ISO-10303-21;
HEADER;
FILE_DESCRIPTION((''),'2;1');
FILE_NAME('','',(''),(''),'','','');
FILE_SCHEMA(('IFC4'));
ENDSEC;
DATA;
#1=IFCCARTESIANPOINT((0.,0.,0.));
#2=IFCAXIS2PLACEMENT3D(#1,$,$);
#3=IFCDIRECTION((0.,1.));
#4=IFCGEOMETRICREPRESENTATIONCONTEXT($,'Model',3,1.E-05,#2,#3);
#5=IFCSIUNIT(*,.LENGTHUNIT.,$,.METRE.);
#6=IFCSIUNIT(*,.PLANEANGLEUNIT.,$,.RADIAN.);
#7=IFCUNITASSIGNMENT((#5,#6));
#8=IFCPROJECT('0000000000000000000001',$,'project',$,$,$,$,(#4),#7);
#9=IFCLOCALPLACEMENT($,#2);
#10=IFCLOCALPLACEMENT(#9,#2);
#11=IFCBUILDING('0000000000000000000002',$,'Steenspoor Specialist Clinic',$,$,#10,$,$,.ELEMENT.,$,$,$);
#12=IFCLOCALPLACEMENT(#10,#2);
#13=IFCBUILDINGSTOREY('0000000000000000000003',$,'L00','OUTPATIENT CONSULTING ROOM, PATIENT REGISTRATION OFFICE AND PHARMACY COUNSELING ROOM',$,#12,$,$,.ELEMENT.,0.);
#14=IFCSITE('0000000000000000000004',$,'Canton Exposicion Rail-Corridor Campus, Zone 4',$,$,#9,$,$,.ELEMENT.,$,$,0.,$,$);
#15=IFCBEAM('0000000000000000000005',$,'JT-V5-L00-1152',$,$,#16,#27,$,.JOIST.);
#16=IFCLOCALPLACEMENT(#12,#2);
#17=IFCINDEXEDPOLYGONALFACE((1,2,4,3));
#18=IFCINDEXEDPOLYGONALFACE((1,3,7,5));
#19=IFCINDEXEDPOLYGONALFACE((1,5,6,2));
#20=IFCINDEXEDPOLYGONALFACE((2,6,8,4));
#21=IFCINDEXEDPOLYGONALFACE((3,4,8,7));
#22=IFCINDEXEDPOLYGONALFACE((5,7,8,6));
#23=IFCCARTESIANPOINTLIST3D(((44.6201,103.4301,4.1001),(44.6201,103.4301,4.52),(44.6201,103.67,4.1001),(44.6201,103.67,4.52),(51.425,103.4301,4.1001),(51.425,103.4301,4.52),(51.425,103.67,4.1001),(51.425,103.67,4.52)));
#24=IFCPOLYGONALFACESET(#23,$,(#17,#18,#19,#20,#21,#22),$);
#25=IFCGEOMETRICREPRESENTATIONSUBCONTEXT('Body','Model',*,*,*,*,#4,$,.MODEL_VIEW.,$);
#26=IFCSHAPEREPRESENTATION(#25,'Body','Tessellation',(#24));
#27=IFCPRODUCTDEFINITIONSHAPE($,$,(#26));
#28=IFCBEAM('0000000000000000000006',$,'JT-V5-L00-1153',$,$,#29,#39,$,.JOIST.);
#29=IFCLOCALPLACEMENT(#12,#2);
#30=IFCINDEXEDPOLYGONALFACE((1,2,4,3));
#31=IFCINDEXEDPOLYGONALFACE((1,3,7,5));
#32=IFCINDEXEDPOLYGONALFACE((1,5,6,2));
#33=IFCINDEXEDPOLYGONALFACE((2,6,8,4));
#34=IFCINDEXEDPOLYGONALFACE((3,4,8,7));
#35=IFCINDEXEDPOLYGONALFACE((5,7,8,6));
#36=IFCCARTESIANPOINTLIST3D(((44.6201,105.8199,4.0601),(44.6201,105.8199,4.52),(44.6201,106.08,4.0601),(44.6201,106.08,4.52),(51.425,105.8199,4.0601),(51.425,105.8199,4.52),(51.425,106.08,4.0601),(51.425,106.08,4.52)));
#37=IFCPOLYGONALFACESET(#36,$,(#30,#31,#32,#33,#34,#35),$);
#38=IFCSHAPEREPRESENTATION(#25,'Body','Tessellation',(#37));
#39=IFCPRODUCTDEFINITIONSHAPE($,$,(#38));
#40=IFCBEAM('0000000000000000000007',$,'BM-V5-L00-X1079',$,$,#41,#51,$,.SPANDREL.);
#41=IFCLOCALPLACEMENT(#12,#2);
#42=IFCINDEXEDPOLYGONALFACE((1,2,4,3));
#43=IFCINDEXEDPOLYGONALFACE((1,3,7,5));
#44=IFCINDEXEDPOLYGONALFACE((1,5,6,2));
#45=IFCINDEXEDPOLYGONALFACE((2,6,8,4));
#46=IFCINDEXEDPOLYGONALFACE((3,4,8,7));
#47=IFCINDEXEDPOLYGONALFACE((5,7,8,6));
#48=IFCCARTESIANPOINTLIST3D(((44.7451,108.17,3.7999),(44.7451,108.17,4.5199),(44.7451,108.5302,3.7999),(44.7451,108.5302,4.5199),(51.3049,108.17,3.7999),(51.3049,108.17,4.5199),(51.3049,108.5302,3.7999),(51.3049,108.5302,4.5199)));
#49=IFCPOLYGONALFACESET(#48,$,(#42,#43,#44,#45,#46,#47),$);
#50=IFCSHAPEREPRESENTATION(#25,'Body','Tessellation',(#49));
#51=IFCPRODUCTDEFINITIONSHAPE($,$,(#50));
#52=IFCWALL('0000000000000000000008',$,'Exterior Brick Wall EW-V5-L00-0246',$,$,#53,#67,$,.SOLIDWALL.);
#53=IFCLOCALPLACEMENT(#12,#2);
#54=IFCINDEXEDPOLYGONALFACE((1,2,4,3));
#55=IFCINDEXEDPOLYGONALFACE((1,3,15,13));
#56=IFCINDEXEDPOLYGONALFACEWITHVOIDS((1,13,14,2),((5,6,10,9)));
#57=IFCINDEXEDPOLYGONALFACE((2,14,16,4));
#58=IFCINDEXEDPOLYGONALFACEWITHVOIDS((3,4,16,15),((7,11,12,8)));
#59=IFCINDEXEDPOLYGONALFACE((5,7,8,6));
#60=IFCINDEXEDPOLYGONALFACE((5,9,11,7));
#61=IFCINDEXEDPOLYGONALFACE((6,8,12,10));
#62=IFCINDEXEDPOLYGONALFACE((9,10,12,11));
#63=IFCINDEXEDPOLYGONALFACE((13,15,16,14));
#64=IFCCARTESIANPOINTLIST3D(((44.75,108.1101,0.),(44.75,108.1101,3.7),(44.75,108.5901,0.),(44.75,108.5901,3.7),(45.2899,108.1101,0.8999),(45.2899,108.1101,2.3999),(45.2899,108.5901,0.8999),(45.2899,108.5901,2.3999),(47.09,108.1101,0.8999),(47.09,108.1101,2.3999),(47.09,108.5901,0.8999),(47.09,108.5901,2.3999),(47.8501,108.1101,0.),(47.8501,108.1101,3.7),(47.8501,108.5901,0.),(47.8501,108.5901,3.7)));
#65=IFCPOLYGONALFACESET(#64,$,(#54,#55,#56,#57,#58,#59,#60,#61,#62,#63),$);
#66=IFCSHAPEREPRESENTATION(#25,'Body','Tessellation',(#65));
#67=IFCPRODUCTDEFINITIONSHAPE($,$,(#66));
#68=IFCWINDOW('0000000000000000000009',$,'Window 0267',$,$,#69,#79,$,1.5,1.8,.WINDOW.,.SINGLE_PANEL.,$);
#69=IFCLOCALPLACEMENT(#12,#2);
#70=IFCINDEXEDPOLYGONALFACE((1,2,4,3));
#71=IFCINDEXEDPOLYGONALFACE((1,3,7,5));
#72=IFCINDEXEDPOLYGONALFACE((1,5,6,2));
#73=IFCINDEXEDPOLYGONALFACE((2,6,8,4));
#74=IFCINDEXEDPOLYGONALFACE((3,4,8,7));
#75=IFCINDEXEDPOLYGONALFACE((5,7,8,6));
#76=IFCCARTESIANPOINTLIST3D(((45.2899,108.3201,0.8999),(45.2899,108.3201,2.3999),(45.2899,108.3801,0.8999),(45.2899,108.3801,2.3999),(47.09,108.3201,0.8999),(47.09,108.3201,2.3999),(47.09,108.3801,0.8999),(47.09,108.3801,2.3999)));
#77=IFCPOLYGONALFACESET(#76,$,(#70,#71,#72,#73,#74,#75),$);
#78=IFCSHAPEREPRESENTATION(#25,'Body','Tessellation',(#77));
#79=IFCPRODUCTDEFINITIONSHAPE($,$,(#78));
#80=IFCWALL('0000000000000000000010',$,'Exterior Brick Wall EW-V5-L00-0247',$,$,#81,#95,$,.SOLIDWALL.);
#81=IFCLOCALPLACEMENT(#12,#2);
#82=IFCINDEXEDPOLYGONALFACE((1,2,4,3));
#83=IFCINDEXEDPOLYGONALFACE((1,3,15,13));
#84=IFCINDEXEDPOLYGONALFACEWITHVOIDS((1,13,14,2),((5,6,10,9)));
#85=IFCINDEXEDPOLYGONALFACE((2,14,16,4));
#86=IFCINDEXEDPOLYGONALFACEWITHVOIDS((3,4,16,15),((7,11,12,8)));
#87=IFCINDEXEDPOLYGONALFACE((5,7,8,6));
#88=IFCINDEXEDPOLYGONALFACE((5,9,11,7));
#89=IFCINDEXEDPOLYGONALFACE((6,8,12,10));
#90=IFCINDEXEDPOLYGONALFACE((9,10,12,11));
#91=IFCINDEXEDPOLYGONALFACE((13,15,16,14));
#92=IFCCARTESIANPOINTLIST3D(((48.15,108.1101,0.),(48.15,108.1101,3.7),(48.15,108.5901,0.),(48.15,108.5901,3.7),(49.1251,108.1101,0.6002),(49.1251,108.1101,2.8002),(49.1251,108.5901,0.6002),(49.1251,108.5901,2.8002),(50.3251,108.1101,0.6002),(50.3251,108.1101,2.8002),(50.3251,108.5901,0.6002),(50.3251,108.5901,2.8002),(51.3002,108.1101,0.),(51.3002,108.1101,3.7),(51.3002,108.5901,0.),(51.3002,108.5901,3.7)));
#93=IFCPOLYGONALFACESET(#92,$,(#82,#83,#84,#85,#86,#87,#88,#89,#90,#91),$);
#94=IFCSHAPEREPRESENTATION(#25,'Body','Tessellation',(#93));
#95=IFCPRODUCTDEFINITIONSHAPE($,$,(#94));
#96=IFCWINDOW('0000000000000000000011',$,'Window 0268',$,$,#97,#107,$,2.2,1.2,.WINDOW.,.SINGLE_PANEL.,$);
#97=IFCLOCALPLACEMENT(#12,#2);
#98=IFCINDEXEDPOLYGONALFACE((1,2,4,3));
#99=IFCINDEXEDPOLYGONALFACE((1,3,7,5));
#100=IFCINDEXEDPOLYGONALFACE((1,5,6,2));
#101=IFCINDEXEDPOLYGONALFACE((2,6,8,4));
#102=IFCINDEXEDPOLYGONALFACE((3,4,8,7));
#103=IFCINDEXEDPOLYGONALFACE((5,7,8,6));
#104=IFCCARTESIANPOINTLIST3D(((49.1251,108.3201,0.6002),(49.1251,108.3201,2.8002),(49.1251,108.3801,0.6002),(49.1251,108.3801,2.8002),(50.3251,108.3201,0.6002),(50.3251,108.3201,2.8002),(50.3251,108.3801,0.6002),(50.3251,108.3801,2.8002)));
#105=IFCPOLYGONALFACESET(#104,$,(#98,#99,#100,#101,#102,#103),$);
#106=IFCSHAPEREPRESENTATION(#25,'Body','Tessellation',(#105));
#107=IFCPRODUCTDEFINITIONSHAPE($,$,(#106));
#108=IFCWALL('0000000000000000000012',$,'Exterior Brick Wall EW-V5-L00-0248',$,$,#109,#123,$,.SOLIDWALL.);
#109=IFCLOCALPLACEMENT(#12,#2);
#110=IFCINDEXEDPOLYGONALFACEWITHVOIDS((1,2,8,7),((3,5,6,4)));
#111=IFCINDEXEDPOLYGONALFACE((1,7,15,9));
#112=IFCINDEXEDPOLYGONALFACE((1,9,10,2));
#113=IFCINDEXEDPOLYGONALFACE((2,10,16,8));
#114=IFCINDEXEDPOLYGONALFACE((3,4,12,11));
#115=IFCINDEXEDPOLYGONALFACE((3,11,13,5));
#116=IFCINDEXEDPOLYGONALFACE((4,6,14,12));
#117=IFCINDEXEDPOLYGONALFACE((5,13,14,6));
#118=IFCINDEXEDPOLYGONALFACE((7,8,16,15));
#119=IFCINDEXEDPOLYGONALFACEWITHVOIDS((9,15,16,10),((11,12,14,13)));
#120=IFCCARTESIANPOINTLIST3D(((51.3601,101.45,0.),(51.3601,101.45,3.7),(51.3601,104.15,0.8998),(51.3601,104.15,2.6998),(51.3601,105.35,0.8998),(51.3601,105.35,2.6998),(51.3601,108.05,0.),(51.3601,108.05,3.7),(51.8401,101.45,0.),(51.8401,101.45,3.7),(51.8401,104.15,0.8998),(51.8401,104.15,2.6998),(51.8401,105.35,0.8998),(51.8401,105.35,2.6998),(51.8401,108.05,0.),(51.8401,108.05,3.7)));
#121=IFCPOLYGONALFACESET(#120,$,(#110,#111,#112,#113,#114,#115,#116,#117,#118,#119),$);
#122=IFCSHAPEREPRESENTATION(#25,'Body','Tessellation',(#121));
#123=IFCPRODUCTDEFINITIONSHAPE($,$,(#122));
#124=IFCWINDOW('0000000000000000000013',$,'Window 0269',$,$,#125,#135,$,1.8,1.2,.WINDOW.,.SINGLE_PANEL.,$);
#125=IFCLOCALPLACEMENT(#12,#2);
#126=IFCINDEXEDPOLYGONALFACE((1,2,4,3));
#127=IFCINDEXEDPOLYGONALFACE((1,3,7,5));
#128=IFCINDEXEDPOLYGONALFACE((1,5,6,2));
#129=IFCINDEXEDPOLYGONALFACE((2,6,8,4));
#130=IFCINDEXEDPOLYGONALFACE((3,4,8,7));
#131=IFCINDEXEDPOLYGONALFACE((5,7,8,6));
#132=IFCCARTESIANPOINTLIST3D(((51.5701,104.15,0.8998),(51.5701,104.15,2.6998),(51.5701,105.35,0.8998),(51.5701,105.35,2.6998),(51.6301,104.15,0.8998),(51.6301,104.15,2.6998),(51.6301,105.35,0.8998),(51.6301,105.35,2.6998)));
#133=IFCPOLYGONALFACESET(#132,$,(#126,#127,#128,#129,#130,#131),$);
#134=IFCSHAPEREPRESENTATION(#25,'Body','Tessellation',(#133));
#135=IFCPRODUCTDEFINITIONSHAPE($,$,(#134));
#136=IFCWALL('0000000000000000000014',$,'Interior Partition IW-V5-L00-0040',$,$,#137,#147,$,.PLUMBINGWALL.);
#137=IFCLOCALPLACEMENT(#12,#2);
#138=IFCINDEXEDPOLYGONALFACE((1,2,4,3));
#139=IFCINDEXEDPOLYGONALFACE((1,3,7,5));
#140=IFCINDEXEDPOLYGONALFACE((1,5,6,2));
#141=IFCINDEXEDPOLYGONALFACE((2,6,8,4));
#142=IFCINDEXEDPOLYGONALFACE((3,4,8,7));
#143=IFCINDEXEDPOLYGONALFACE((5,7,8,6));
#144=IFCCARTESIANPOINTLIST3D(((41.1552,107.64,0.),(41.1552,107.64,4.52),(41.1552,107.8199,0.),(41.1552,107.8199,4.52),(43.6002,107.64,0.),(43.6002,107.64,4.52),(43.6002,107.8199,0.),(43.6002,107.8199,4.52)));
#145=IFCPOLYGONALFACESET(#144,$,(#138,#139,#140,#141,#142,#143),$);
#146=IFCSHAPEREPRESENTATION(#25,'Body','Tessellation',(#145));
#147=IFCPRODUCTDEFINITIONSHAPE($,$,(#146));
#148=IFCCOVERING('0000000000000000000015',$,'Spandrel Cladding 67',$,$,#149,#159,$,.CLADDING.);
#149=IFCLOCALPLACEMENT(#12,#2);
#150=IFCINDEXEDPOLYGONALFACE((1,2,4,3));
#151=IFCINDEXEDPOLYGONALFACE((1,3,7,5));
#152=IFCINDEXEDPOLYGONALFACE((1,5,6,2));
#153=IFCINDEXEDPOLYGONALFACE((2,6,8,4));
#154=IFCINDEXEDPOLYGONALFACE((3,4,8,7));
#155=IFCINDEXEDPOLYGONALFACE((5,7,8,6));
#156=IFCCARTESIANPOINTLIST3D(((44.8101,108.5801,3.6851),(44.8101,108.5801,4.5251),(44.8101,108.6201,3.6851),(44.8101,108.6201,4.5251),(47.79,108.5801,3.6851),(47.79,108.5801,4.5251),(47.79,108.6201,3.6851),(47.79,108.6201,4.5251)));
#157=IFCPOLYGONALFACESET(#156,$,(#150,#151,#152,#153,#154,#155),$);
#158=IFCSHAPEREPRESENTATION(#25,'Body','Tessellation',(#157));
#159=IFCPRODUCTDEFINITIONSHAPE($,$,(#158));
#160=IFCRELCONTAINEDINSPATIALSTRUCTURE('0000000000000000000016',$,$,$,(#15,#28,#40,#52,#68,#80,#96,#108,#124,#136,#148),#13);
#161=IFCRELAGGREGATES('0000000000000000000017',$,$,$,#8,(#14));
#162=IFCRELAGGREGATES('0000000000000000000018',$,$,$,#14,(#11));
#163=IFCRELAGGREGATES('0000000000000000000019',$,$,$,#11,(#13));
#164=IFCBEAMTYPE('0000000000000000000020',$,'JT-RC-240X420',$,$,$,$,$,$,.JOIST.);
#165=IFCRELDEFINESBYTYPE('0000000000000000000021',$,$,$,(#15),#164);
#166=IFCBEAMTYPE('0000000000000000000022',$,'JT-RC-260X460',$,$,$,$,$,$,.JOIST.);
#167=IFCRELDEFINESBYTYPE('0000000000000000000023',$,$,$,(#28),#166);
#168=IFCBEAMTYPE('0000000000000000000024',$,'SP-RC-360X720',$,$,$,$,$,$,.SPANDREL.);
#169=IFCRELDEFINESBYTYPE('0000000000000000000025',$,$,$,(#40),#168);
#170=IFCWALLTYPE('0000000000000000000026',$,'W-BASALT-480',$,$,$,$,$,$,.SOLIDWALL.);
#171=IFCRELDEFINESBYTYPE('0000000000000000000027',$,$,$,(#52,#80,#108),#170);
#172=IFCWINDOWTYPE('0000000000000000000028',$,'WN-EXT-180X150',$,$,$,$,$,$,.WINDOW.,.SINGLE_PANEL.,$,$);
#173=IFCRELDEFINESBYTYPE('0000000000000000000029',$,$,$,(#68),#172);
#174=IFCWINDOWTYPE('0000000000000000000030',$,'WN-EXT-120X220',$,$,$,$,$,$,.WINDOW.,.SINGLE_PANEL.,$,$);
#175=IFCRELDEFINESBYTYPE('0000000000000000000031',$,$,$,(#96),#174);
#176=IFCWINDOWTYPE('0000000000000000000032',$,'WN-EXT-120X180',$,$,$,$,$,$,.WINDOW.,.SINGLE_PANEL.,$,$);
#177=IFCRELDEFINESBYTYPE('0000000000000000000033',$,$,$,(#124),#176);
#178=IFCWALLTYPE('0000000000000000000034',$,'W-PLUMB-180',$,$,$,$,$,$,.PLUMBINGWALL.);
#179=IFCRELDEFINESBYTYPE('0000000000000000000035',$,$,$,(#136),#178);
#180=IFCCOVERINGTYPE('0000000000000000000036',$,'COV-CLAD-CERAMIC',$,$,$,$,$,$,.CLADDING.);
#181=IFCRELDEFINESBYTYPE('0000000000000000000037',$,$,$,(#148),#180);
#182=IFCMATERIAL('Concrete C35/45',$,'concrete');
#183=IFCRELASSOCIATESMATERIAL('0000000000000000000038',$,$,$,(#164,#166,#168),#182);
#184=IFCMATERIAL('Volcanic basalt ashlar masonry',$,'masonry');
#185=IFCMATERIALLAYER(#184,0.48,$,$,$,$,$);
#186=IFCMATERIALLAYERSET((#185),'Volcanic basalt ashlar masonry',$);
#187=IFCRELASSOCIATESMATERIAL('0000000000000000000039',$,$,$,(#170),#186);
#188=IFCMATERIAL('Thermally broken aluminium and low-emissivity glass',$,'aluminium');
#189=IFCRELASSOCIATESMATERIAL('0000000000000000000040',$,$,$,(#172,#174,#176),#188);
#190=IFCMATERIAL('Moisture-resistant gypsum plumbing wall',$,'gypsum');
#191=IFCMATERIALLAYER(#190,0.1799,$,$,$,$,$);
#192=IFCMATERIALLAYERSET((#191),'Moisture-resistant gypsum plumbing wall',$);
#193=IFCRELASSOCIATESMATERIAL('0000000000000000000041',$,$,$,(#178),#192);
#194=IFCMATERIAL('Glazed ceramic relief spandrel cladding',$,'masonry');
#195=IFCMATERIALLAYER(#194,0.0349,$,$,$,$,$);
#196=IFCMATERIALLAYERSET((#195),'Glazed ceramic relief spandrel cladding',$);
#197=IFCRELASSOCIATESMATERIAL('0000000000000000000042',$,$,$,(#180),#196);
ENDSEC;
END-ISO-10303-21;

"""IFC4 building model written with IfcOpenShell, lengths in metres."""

from ifc_helpers import new_model, si_unit, direction, frame, frame_2d, origin, origin_2d, place, context, subcontext, project, spatial, rectangle, extrude, material, layer, layer_set, material_profile, profile_set, type_object, element, fill, save


model = new_model("IFC4")

# Units and contexts
model_context = context("Model", 3, precision=1e-05, world=origin(), true_north=direction((0.0, 1.0)))
body_context = subcontext(model_context, "Body", "Model", "MODEL_VIEW")
ifc_project = project(units=[si_unit("LENGTHUNIT", "METRE"), si_unit("PLANEANGLEUNIT", "RADIAN")], contexts=[model_context])

# Site, building, storey
site_placement = place(None, origin())
site = spatial("IfcSite", under=ifc_project, at=site_placement, Name="Canton Exposicion Rail-Corridor Campus, Zone 4", CompositionType="ELEMENT", RefElevation=0.0)
building_placement = place(site_placement, origin())
building = spatial("IfcBuilding", under=site, at=building_placement, Name="Steenspoor Specialist Clinic", CompositionType="ELEMENT")
storey_placement = place(building_placement, origin())
storey = spatial("IfcBuildingStorey", under=building, at=storey_placement, Name="L00", Description="OUTPATIENT CONSULTING ROOM, PATIENT REGISTRATION OFFICE AND PHARMACY COUNSELING ROOM", CompositionType="ELEMENT", Elevation=0.0)

# Shared definitions
ifc_material_1 = material(Name="Concrete C35/45", Category="concrete")

# Beams
ifc_material_profile_1 = material_profile(ifc_material_1, rectangle(XDim=0.24, YDim=0.4199, at=origin_2d()), Name="RC-JT-240X420")
ifc_profile_set_1 = profile_set([ifc_material_profile_1], Name="Concrete C35/45")
beam_type_1 = type_object("IfcBeamType", Name="JT-RC-240X420", PredefinedType="JOIST", material=ifc_profile_set_1)
beam_1_placement = place(storey_placement, frame((44.6201, 103.55, 4.3101), z_axis=(1.0, 0.0, 0.0), x_axis=(0.0, 1.0, 0.0)))
element("IfcBeam", 1, at=beam_1_placement, inside=storey, type_object=beam_type_1, Name="JT-V5-L00-1152", PredefinedType="JOIST", context=body_context, shape_type="SweptSolid", body=[
    extrude(rectangle(XDim=0.24, YDim=0.4199, at=origin_2d()), origin(), (0.0, 0.0, 1.0), 6.8049),
])
ifc_material_profile_2 = material_profile(ifc_material_1, rectangle(XDim=0.26, YDim=0.46, at=origin_2d()), Name="RC-JT-260X460")
ifc_profile_set_2 = profile_set([ifc_material_profile_2], Name="Concrete C35/45")
beam_type_2 = type_object("IfcBeamType", Name="JT-RC-260X460", PredefinedType="JOIST", material=ifc_profile_set_2)
beam_2_placement = place(storey_placement, frame((44.6201, 105.95, 4.29), z_axis=(1.0, 0.0, 0.0), x_axis=(0.0, 1.0, 0.0)))
element("IfcBeam", 2, at=beam_2_placement, inside=storey, type_object=beam_type_2, Name="JT-V5-L00-1153", PredefinedType="JOIST", context=body_context, shape_type="SweptSolid", body=[
    extrude(rectangle(XDim=0.26, YDim=0.46, at=origin_2d()), origin(), (0.0, 0.0, 1.0), 6.8049),
])
ifc_material_profile_3 = material_profile(ifc_material_1, rectangle(XDim=0.3601, YDim=0.72, at=origin_2d()), Name="RC-SP-360X720")
ifc_profile_set_3 = profile_set([ifc_material_profile_3], Name="Concrete C35/45")
beam_type_3 = type_object("IfcBeamType", Name="SP-RC-360X720", PredefinedType="SPANDREL", material=ifc_profile_set_3)
beam_3_placement = place(storey_placement, frame((44.7451, 108.3501, 4.1599), z_axis=(1.0, 0.0, 0.0), x_axis=(0.0, 1.0, 0.0)))
element("IfcBeam", 3, at=beam_3_placement, inside=storey, type_object=beam_type_3, Name="BM-V5-L00-X1079", PredefinedType="SPANDREL", context=body_context, shape_type="SweptSolid", body=[
    extrude(rectangle(XDim=0.3601, YDim=0.72, at=origin_2d()), origin(), (0.0, 0.0, 1.0), 6.5598),
])

# Walls, openings, windows
ifc_material_2 = material(Name="Volcanic basalt ashlar masonry", Category="masonry")
ifc_layer_1 = layer(ifc_material_2, 0.48)
ifc_layer_set_1 = layer_set([ifc_layer_1], Name="Volcanic basalt ashlar masonry")
wall_type_1 = type_object("IfcWallType", Name="W-BASALT-480", PredefinedType="SOLIDWALL", material=ifc_layer_set_1)
wall_1_placement = place(storey_placement, frame((44.75, 108.3501, 0.0), z_axis=(0.0, 0.0, 1.0), x_axis=(1.0, 0.0, 0.0)))
wall_1 = element("IfcWall", 4, at=wall_1_placement, inside=storey, type_object=wall_type_1, Name="Exterior Brick Wall EW-V5-L00-0246", PredefinedType="SOLIDWALL", context=body_context, shape_type="SweptSolid", body=[
    extrude(rectangle(XDim=3.1001, YDim=0.48, at=frame_2d((1.55, 0.0))), origin(), (0.0, 0.0, 1.0), 3.7),
])
opening_1_placement = place(wall_1_placement, frame((0.54, 0.0, 0.8999)))
opening_1 = element("IfcOpeningElement", 5, at=opening_1_placement, cuts=wall_1, PredefinedType="OPENING", context=body_context, shape_type="SweptSolid", body=[
    extrude(rectangle(XDim=1.8, YDim=1.5, at=frame_2d((0.8999, 0.75))), frame((0.0, 0.25, 0.0), z_axis=(0.0, -1.0, 0.0), x_axis=(1.0, 0.0, 0.0)), (0.0, 0.0, 1.0), 0.5),
])
ifc_material_3 = material(Name="Thermally broken aluminium and low-emissivity glass", Category="aluminium")
window_type_1 = type_object("IfcWindowType", Name="WN-EXT-180X150", PartitioningType="SINGLE_PANEL", PredefinedType="WINDOW", material=ifc_material_3)
window_1_placement = place(opening_1_placement, origin())
window_1 = element("IfcWindow", 6, at=window_1_placement, inside=storey, type_object=window_type_1, Name="Window 0267", OverallHeight=1.5, OverallWidth=1.8, PartitioningType="SINGLE_PANEL", PredefinedType="WINDOW", context=body_context, shape_type="SweptSolid", body=[
    extrude(rectangle(XDim=1.8, YDim=1.5, at=frame_2d((0.8999, 0.75))), frame((0.0, 0.03, 0.0), z_axis=(0.0, -1.0, 0.0), x_axis=(1.0, 0.0, 0.0)), (0.0, 0.0, 1.0), 0.0601),
])
fill(opening_1, window_1)
wall_2_placement = place(storey_placement, frame((48.1499, 108.3501, 0.0), z_axis=(0.0, 0.0, 1.0), x_axis=(1.0, 0.0, 0.0)))
wall_2 = element("IfcWall", 7, at=wall_2_placement, inside=storey, type_object=wall_type_1, Name="Exterior Brick Wall EW-V5-L00-0247", PredefinedType="SOLIDWALL", context=body_context, shape_type="SweptSolid", body=[
    extrude(rectangle(XDim=3.1501, YDim=0.48, at=frame_2d((1.5752, 0.0))), origin(), (0.0, 0.0, 1.0), 3.7),
])
opening_2_placement = place(wall_2_placement, frame((0.9751, 0.0, 0.6001)))
opening_2 = element("IfcOpeningElement", 8, at=opening_2_placement, cuts=wall_2, PredefinedType="OPENING", context=body_context, shape_type="SweptSolid", body=[
    extrude(rectangle(XDim=1.2, YDim=2.2, at=frame_2d((0.6001, 1.1001))), frame((0.0, 0.25, 0.0), z_axis=(0.0, -1.0, 0.0), x_axis=(1.0, 0.0, 0.0)), (0.0, 0.0, 1.0), 0.5),
])
window_type_2 = type_object("IfcWindowType", Name="WN-EXT-120X220", PartitioningType="SINGLE_PANEL", PredefinedType="WINDOW", material=ifc_material_3)
window_2_placement = place(opening_2_placement, origin())
window_2 = element("IfcWindow", 9, at=window_2_placement, inside=storey, type_object=window_type_2, Name="Window 0268", OverallHeight=2.2, OverallWidth=1.2, PartitioningType="SINGLE_PANEL", PredefinedType="WINDOW", context=body_context, shape_type="SweptSolid", body=[
    extrude(rectangle(XDim=1.2, YDim=2.2, at=frame_2d((0.6001, 1.1001))), frame((0.0, 0.03, 0.0), z_axis=(0.0, -1.0, 0.0), x_axis=(1.0, 0.0, 0.0)), (0.0, 0.0, 1.0), 0.0601),
])
fill(opening_2, window_2)
wall_3_placement = place(storey_placement, frame((51.6001, 108.05, 0.0), z_axis=(0.0, 0.0, 1.0), x_axis=(0.0, -1.0, 0.0)))
wall_3 = element("IfcWall", 10, at=wall_3_placement, inside=storey, type_object=wall_type_1, Name="Exterior Brick Wall EW-V5-L00-0248", PredefinedType="SOLIDWALL", context=body_context, shape_type="SweptSolid", body=[
    extrude(rectangle(XDim=6.6001, YDim=0.48, at=frame_2d((3.3, 0.0))), origin(), (0.0, 0.0, 1.0), 3.7),
])
opening_3_placement = place(wall_3_placement, frame((2.7, 0.0, 0.8999)))
opening_3 = element("IfcOpeningElement", 11, at=opening_3_placement, cuts=wall_3, PredefinedType="OPENING", context=body_context, shape_type="SweptSolid", body=[
    extrude(rectangle(XDim=1.2, YDim=1.8, at=frame_2d((0.6001, 0.8999))), frame((0.0, 0.25, 0.0), z_axis=(0.0, -1.0, 0.0), x_axis=(1.0, 0.0, 0.0)), (0.0, 0.0, 1.0), 0.5),
])
window_type_3 = type_object("IfcWindowType", Name="WN-EXT-120X180", PartitioningType="SINGLE_PANEL", PredefinedType="WINDOW", material=ifc_material_3)
window_3_placement = place(opening_3_placement, origin())
window_3 = element("IfcWindow", 12, at=window_3_placement, inside=storey, type_object=window_type_3, Name="Window 0269", OverallHeight=1.8, OverallWidth=1.2, PartitioningType="SINGLE_PANEL", PredefinedType="WINDOW", context=body_context, shape_type="SweptSolid", body=[
    extrude(rectangle(XDim=1.2, YDim=1.8, at=frame_2d((0.6001, 0.8999))), frame((0.0, 0.03, 0.0), z_axis=(0.0, -1.0, 0.0), x_axis=(1.0, 0.0, 0.0)), (0.0, 0.0, 1.0), 0.0601),
])
fill(opening_3, window_3)

# Wall
ifc_material_4 = material(Name="Moisture-resistant gypsum plumbing wall", Category="gypsum")
ifc_layer_2 = layer(ifc_material_4, 0.1799)
ifc_layer_set_2 = layer_set([ifc_layer_2], Name="Moisture-resistant gypsum plumbing wall")
wall_type_2 = type_object("IfcWallType", Name="W-PLUMB-180", PredefinedType="PLUMBINGWALL", material=ifc_layer_set_2)
wall_4_placement = place(storey_placement, frame((41.155, 107.73, 0.0), z_axis=(0.0, 0.0, 1.0), x_axis=(1.0, 0.0, 0.0)))
element("IfcWall", 13, at=wall_4_placement, inside=storey, type_object=wall_type_2, Name="Interior Partition IW-V5-L00-0040", PredefinedType="PLUMBINGWALL", context=body_context, shape_type="SweptSolid", body=[
    extrude(rectangle(XDim=2.4451, YDim=0.1799, at=frame_2d((1.2227, 0.0))), origin(), (0.0, 0.0, 1.0), 4.52),
])

# Covering
ifc_material_5 = material(Name="Glazed ceramic relief spandrel cladding", Category="masonry")
ifc_layer_3 = layer(ifc_material_5, 0.0349)
ifc_layer_set_3 = layer_set([ifc_layer_3], Name="Glazed ceramic relief spandrel cladding")
covering_type = type_object("IfcCoveringType", Name="COV-CLAD-CERAMIC", PredefinedType="CLADDING", material=ifc_layer_set_3)
covering_placement = place(storey_placement, frame((46.3, 108.6001, 3.6851), z_axis=(0.0, 0.0, 1.0), x_axis=(1.0, 0.0, 0.0)))
element("IfcCovering", 14, at=covering_placement, inside=storey, type_object=covering_type, Name="Spandrel Cladding 67", PredefinedType="CLADDING", context=body_context, shape_type="SweptSolid", body=[
    extrude(rectangle(XDim=2.98, YDim=0.04, at=origin_2d()), origin(), (0.0, 0.0, 1.0), 0.8401),
])

save(model, "model.ifc")
